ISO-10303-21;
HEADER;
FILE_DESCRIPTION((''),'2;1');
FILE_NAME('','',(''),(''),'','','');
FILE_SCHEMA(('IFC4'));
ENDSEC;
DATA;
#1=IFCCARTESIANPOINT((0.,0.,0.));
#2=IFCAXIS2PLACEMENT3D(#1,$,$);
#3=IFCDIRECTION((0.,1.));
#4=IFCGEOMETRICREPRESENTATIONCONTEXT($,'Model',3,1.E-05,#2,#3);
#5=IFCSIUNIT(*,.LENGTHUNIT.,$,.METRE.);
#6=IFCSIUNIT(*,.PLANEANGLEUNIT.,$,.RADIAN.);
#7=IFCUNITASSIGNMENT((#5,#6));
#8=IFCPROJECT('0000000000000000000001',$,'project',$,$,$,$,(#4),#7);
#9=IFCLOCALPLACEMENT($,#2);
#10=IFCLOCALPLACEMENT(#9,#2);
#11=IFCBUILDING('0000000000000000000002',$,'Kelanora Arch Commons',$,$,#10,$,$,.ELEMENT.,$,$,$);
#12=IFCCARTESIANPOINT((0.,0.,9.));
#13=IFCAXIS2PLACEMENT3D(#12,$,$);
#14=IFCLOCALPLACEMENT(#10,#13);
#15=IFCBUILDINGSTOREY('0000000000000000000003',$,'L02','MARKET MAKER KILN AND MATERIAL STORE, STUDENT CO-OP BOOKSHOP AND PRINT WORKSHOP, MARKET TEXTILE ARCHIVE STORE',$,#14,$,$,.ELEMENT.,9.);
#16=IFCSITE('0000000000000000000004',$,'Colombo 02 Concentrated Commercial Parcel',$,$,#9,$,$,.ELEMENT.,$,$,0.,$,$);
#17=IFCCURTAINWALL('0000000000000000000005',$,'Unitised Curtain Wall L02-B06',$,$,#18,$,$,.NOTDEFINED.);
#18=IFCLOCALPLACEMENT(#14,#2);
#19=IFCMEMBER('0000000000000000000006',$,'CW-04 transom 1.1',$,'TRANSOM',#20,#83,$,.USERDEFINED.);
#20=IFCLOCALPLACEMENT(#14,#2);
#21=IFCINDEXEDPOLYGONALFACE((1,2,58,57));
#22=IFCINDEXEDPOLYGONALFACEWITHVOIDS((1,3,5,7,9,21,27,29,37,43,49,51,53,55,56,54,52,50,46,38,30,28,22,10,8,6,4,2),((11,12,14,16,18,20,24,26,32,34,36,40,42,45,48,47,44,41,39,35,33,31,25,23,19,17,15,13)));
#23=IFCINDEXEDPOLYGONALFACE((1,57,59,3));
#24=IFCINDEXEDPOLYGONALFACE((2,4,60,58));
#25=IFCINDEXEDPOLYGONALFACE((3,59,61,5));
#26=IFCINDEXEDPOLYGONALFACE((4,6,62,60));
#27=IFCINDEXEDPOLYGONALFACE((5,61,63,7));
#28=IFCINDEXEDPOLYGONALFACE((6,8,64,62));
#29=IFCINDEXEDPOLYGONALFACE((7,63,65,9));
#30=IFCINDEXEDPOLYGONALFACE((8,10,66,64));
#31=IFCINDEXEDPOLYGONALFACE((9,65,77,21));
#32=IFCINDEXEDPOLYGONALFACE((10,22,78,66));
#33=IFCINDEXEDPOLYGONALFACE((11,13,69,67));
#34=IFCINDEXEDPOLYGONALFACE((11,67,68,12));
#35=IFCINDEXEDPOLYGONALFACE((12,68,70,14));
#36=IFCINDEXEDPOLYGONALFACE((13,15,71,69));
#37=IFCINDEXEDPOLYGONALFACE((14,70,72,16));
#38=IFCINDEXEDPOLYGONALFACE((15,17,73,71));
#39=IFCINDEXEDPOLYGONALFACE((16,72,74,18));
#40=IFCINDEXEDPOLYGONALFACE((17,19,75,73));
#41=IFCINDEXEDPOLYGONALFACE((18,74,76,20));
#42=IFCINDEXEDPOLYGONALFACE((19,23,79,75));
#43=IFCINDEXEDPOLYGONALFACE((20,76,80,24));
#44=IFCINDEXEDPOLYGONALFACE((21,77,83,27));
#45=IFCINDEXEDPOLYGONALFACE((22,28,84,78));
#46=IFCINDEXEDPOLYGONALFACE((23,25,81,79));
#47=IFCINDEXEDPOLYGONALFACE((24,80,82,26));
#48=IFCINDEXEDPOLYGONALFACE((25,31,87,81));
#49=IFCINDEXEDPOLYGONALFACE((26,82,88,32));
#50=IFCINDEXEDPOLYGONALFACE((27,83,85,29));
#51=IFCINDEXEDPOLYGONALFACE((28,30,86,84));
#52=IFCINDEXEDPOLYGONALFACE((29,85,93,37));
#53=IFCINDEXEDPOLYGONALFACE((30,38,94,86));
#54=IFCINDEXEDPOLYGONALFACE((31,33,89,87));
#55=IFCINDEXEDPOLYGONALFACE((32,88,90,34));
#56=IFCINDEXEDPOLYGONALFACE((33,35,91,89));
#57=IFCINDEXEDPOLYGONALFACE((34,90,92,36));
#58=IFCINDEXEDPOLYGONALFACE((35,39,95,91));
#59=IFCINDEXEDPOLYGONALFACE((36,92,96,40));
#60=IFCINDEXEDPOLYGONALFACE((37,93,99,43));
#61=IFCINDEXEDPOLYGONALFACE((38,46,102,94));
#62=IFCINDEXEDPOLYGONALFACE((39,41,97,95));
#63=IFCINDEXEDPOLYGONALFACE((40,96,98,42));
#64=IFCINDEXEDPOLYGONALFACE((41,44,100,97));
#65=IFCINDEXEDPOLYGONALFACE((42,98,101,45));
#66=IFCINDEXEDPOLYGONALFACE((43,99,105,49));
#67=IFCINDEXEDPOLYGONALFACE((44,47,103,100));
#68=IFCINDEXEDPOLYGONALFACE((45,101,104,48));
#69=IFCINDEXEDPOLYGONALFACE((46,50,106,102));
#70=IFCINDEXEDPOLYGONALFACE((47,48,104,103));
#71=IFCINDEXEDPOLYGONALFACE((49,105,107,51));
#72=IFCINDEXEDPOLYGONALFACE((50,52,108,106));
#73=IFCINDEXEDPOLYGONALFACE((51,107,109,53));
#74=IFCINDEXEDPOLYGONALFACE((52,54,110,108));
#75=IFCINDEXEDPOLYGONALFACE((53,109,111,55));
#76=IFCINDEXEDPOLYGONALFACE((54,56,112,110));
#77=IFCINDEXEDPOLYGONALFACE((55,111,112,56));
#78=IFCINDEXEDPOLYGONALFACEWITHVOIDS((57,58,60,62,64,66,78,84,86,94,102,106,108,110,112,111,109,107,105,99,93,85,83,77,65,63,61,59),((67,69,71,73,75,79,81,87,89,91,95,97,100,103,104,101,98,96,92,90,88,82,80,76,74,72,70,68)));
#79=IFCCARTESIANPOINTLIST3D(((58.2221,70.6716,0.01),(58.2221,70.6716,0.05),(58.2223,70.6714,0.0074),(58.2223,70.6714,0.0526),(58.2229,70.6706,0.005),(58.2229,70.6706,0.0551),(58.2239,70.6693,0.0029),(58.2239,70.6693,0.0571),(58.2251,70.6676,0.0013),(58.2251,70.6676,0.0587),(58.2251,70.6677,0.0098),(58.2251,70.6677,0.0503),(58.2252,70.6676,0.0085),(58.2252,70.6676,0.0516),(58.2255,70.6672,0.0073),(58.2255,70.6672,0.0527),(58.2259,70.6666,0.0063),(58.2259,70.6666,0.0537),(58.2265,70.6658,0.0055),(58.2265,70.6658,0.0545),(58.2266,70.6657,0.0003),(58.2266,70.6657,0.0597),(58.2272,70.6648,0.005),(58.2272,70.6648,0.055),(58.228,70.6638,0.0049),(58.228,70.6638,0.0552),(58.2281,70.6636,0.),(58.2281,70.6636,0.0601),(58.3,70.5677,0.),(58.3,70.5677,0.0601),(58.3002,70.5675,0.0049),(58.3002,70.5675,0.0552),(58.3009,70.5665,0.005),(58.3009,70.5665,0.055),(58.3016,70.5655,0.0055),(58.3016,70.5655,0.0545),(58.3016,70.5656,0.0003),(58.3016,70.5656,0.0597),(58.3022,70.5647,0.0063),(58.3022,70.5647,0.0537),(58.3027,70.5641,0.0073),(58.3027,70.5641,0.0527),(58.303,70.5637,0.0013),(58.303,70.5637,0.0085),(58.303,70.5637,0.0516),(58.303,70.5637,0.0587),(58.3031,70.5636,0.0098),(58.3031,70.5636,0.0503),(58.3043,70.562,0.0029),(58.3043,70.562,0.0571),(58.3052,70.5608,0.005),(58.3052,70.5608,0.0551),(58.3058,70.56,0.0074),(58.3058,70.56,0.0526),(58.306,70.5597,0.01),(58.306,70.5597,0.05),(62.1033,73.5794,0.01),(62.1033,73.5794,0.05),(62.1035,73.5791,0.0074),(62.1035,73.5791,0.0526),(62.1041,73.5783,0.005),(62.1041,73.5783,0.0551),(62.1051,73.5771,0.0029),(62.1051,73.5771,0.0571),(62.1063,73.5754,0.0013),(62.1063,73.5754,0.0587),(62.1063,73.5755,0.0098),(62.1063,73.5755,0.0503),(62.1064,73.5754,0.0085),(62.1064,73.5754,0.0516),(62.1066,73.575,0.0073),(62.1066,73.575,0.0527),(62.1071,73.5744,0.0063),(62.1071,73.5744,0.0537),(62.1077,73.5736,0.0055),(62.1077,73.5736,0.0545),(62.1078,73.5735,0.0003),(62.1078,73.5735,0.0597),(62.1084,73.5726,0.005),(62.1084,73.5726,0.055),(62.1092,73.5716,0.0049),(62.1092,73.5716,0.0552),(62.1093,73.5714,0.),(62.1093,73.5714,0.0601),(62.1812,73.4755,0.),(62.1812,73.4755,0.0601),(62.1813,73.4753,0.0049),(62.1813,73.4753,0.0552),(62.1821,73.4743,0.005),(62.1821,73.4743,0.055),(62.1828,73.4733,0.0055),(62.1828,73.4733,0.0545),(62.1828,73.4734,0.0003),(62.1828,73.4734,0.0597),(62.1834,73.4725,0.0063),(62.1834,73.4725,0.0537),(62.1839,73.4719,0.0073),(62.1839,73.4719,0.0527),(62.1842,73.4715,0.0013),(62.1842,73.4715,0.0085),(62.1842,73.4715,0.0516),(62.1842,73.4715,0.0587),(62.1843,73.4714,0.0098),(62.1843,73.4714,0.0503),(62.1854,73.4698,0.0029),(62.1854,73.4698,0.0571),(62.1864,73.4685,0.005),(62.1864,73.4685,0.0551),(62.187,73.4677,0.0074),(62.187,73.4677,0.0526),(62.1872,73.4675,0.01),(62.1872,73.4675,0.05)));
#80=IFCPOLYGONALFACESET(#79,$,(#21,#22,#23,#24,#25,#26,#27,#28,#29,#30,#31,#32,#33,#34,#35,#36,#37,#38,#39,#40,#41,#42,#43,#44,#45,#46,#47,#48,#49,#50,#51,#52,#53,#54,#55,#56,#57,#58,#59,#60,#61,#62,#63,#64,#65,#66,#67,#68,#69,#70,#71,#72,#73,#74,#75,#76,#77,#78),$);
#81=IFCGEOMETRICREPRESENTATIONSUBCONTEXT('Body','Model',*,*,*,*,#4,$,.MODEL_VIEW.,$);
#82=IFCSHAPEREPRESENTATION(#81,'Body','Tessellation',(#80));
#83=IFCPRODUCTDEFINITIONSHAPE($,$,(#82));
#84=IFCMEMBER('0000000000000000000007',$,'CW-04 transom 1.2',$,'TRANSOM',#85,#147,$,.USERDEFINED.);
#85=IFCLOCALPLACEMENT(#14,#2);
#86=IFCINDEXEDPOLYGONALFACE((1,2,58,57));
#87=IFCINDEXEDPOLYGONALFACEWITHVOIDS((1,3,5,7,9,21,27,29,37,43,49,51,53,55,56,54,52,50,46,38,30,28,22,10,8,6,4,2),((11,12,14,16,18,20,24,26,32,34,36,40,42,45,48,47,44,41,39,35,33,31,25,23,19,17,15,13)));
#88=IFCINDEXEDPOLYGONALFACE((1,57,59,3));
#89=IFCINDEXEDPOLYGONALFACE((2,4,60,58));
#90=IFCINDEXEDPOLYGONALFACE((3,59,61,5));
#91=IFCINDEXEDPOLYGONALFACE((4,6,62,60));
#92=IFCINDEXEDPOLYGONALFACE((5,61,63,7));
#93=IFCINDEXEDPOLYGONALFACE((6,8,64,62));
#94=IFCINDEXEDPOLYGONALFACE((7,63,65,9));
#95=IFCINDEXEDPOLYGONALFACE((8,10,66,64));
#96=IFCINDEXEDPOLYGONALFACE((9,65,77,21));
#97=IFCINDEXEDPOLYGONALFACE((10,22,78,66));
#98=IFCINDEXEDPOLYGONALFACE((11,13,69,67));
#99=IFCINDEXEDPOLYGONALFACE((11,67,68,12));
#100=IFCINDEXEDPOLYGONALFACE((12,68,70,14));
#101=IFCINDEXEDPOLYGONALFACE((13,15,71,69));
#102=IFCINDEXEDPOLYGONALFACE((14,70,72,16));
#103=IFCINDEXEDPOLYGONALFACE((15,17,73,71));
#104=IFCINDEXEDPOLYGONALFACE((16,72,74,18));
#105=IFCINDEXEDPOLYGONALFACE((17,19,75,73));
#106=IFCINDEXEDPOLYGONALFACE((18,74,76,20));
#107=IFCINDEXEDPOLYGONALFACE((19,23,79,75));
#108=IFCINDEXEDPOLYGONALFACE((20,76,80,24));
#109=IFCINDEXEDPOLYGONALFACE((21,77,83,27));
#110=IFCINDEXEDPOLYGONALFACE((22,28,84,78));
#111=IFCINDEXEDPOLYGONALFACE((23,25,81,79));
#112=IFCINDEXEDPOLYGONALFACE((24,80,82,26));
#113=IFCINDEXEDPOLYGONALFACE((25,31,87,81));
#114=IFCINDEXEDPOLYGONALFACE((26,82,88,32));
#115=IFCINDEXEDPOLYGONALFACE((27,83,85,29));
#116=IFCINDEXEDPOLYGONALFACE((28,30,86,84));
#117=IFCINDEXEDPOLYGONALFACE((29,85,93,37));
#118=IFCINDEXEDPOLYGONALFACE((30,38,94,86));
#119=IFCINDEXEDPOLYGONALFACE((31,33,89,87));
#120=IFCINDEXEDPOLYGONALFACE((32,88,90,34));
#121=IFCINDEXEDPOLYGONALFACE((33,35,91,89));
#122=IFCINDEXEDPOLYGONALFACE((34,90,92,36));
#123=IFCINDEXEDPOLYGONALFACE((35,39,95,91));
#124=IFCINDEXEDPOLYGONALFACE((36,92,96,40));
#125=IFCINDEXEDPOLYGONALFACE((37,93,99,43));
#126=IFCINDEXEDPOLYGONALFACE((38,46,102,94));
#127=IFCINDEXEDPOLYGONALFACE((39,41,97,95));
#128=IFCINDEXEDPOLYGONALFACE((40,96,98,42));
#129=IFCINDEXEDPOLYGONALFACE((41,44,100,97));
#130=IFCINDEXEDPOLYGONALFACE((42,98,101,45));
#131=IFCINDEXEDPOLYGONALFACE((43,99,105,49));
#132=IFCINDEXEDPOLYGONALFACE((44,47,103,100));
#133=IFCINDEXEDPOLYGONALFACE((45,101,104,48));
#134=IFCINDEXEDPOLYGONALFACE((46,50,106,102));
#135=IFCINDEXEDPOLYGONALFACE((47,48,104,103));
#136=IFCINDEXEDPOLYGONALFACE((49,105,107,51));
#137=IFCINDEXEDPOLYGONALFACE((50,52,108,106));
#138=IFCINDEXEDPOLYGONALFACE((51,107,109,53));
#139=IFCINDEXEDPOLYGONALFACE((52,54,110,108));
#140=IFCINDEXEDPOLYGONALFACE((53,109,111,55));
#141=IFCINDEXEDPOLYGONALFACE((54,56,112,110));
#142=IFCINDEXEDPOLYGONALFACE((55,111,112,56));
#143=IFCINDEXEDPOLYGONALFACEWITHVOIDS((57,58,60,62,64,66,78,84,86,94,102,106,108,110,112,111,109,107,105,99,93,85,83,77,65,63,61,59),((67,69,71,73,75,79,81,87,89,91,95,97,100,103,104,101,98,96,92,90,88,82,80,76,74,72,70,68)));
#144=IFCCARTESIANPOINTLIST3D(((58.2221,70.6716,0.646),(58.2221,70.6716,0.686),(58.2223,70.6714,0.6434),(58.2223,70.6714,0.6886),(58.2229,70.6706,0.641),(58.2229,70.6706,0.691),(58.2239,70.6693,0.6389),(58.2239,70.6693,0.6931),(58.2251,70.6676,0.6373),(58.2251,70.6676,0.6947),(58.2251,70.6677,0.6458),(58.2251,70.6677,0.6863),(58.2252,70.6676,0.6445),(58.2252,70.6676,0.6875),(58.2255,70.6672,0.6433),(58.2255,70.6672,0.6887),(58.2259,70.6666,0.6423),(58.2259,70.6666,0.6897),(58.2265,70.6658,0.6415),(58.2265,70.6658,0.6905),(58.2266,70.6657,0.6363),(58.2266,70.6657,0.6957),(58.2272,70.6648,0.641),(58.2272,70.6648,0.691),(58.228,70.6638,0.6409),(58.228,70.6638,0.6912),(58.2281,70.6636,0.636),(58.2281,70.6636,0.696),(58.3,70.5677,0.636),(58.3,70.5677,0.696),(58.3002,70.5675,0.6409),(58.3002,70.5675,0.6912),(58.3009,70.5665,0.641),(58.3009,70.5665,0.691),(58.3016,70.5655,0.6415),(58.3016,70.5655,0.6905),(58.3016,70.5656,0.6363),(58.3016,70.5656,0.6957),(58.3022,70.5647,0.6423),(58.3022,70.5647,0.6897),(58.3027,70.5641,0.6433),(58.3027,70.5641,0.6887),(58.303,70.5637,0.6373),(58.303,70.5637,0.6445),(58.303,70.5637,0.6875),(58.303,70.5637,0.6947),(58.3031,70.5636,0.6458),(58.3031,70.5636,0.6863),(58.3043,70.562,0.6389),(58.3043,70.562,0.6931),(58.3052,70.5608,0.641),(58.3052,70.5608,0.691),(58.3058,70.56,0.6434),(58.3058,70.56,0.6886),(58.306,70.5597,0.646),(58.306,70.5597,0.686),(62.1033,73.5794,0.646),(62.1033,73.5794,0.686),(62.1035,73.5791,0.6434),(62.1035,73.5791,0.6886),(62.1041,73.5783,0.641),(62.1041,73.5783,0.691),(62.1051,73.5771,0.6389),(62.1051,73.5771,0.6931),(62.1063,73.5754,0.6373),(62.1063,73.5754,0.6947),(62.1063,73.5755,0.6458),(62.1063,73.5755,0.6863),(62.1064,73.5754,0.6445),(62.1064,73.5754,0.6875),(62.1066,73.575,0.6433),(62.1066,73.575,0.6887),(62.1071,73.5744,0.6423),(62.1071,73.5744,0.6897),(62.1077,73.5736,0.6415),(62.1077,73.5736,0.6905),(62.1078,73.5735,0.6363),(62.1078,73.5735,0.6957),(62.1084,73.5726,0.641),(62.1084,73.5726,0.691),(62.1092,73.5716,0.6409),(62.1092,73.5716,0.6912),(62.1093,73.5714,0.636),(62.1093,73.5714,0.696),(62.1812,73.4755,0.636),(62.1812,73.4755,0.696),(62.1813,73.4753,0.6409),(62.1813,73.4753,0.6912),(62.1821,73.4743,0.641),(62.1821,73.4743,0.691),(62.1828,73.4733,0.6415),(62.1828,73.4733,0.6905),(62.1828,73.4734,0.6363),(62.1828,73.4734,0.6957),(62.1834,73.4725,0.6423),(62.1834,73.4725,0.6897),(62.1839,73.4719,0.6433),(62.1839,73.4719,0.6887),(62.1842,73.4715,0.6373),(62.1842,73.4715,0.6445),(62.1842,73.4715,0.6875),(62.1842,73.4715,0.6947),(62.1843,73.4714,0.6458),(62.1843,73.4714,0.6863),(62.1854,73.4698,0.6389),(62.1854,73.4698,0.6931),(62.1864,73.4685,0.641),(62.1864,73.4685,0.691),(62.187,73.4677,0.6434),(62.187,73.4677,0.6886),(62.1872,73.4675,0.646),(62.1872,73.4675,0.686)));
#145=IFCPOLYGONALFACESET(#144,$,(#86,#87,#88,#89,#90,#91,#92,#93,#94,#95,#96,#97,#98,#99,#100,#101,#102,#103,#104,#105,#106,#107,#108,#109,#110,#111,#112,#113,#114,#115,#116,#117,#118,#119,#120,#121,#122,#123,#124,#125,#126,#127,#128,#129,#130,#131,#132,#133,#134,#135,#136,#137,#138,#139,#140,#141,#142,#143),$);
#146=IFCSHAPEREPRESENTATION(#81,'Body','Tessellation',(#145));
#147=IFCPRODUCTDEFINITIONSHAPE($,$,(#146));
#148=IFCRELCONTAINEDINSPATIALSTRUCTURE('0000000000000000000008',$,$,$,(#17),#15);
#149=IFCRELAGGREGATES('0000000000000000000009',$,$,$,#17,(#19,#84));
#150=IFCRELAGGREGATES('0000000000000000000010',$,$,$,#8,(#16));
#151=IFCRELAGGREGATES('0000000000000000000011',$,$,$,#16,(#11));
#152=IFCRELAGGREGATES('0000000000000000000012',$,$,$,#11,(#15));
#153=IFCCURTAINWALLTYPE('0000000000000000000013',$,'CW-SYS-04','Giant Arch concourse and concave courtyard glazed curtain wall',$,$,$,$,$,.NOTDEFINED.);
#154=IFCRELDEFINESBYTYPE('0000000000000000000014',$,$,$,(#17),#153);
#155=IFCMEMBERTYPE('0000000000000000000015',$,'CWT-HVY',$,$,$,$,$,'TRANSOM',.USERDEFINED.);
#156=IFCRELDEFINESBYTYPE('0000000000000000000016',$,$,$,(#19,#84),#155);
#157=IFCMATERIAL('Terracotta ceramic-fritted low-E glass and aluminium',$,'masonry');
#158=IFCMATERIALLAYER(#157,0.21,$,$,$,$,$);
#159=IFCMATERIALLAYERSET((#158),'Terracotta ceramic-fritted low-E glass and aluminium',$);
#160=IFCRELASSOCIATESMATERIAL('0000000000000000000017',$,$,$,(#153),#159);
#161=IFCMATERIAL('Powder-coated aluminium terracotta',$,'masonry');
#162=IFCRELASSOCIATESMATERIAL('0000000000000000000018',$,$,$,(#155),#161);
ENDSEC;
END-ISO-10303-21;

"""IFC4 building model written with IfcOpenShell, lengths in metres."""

from ifc_helpers import new_model, si_unit, direction, frame, origin, origin_2d, place, context, subcontext, project, spatial, hollow_rectangle, extrude, material, layer, layer_set, material_profile, profile_set, type_object, element, aggregate, save


model = new_model("IFC4")

# Units and contexts
model_context = context("Model", 3, precision=1e-05, world=origin(), true_north=direction((0.0, 1.0)))
body_context = subcontext(model_context, "Body", "Model", "MODEL_VIEW")
ifc_project = project(units=[si_unit("LENGTHUNIT", "METRE"), si_unit("PLANEANGLEUNIT", "RADIAN")], contexts=[model_context])

# Site, building, storey
site_placement = place(None, origin())
site = spatial("IfcSite", under=ifc_project, at=site_placement, Name="Colombo 02 Concentrated Commercial Parcel", CompositionType="ELEMENT", RefElevation=0.0)
building_placement = place(site_placement, origin())
building = spatial("IfcBuilding", under=site, at=building_placement, Name="Kelanora Arch Commons", CompositionType="ELEMENT")
storey_placement = place(building_placement, frame((0.0, 0.0, 9.0)))
storey = spatial("IfcBuildingStorey", under=building, at=storey_placement, Name="L02", Description="MARKET MAKER KILN AND MATERIAL STORE, STUDENT CO-OP BOOKSHOP AND PRINT WORKSHOP, MARKET TEXTILE ARCHIVE STORE", CompositionType="ELEMENT", Elevation=9.0)

# Shared definitions
ifc_material_1 = material(Name="Terracotta ceramic-fritted low-E glass and aluminium", Category="masonry")
ifc_layer_1 = layer(ifc_material_1, 0.21)
ifc_layer_set_1 = layer_set([ifc_layer_1], Name="Terracotta ceramic-fritted low-E glass and aluminium")
curtain_wall_type = type_object("IfcCurtainWallType", Name="CW-SYS-04", Description="Giant Arch concourse and concave courtyard glazed curtain wall", PredefinedType="NOTDEFINED", material=ifc_layer_set_1)
ifc_material_2 = material(Name="Powder-coated aluminium terracotta", Category="masonry")

# Curtain wall
curtain_wall_1_placement = place(storey_placement, origin())
curtain_wall_1 = element("IfcCurtainWall", 1, at=curtain_wall_1_placement, inside=storey, type_object=curtain_wall_type, Name="Unitised Curtain Wall L02-B06", PredefinedType="NOTDEFINED")

# Members
ifc_material_profile_1 = material_profile(ifc_material_2, hollow_rectangle(XDim=0.1399, YDim=0.0601, WallThickness=0.0049, InnerFilletRadius=0.0049, OuterFilletRadius=0.01, at=origin_2d()), Name="CWT140x60")
ifc_profile_set_1 = profile_set([ifc_material_profile_1], Name="Powder-coated aluminium terracotta")
member_type_1 = type_object("IfcMemberType", Name="CWT-HVY", ElementType="TRANSOM", PredefinedType="USERDEFINED", material=ifc_profile_set_1)
member_1_placement = place(storey_placement, frame((62.1453, 73.5234, 0.03), z_axis=(-0.800308, -0.599589, 0.0), x_axis=(0.599589, -0.800308, 0.0)))
member_1 = element("IfcMember", 2, at=member_1_placement, type_object=member_type_1, Name="CW-04 transom 1.1", ObjectType="TRANSOM", PredefinedType="USERDEFINED", context=body_context, shape_type="SweptSolid", body=[
    extrude(hollow_rectangle(XDim=0.1399, YDim=0.0601, WallThickness=0.0049, InnerFilletRadius=0.0049, OuterFilletRadius=0.01, at=origin_2d()), origin(), (0.0, 0.0, 1.0), 4.8496),
])
member_2_placement = place(storey_placement, frame((62.1453, 73.5234, 0.666), z_axis=(-0.800308, -0.599589, 0.0), x_axis=(0.599589, -0.800308, 0.0)))
member_2 = element("IfcMember", 3, at=member_2_placement, type_object=member_type_1, Name="CW-04 transom 1.2", ObjectType="TRANSOM", PredefinedType="USERDEFINED", context=body_context, shape_type="SweptSolid", body=[
    extrude(hollow_rectangle(XDim=0.1399, YDim=0.0601, WallThickness=0.0049, InnerFilletRadius=0.0049, OuterFilletRadius=0.01, at=origin_2d()), origin(), (0.0, 0.0, 1.0), 4.8496),
])
aggregate(curtain_wall_1, [member_1, member_2])

save(model, "model.ifc")
